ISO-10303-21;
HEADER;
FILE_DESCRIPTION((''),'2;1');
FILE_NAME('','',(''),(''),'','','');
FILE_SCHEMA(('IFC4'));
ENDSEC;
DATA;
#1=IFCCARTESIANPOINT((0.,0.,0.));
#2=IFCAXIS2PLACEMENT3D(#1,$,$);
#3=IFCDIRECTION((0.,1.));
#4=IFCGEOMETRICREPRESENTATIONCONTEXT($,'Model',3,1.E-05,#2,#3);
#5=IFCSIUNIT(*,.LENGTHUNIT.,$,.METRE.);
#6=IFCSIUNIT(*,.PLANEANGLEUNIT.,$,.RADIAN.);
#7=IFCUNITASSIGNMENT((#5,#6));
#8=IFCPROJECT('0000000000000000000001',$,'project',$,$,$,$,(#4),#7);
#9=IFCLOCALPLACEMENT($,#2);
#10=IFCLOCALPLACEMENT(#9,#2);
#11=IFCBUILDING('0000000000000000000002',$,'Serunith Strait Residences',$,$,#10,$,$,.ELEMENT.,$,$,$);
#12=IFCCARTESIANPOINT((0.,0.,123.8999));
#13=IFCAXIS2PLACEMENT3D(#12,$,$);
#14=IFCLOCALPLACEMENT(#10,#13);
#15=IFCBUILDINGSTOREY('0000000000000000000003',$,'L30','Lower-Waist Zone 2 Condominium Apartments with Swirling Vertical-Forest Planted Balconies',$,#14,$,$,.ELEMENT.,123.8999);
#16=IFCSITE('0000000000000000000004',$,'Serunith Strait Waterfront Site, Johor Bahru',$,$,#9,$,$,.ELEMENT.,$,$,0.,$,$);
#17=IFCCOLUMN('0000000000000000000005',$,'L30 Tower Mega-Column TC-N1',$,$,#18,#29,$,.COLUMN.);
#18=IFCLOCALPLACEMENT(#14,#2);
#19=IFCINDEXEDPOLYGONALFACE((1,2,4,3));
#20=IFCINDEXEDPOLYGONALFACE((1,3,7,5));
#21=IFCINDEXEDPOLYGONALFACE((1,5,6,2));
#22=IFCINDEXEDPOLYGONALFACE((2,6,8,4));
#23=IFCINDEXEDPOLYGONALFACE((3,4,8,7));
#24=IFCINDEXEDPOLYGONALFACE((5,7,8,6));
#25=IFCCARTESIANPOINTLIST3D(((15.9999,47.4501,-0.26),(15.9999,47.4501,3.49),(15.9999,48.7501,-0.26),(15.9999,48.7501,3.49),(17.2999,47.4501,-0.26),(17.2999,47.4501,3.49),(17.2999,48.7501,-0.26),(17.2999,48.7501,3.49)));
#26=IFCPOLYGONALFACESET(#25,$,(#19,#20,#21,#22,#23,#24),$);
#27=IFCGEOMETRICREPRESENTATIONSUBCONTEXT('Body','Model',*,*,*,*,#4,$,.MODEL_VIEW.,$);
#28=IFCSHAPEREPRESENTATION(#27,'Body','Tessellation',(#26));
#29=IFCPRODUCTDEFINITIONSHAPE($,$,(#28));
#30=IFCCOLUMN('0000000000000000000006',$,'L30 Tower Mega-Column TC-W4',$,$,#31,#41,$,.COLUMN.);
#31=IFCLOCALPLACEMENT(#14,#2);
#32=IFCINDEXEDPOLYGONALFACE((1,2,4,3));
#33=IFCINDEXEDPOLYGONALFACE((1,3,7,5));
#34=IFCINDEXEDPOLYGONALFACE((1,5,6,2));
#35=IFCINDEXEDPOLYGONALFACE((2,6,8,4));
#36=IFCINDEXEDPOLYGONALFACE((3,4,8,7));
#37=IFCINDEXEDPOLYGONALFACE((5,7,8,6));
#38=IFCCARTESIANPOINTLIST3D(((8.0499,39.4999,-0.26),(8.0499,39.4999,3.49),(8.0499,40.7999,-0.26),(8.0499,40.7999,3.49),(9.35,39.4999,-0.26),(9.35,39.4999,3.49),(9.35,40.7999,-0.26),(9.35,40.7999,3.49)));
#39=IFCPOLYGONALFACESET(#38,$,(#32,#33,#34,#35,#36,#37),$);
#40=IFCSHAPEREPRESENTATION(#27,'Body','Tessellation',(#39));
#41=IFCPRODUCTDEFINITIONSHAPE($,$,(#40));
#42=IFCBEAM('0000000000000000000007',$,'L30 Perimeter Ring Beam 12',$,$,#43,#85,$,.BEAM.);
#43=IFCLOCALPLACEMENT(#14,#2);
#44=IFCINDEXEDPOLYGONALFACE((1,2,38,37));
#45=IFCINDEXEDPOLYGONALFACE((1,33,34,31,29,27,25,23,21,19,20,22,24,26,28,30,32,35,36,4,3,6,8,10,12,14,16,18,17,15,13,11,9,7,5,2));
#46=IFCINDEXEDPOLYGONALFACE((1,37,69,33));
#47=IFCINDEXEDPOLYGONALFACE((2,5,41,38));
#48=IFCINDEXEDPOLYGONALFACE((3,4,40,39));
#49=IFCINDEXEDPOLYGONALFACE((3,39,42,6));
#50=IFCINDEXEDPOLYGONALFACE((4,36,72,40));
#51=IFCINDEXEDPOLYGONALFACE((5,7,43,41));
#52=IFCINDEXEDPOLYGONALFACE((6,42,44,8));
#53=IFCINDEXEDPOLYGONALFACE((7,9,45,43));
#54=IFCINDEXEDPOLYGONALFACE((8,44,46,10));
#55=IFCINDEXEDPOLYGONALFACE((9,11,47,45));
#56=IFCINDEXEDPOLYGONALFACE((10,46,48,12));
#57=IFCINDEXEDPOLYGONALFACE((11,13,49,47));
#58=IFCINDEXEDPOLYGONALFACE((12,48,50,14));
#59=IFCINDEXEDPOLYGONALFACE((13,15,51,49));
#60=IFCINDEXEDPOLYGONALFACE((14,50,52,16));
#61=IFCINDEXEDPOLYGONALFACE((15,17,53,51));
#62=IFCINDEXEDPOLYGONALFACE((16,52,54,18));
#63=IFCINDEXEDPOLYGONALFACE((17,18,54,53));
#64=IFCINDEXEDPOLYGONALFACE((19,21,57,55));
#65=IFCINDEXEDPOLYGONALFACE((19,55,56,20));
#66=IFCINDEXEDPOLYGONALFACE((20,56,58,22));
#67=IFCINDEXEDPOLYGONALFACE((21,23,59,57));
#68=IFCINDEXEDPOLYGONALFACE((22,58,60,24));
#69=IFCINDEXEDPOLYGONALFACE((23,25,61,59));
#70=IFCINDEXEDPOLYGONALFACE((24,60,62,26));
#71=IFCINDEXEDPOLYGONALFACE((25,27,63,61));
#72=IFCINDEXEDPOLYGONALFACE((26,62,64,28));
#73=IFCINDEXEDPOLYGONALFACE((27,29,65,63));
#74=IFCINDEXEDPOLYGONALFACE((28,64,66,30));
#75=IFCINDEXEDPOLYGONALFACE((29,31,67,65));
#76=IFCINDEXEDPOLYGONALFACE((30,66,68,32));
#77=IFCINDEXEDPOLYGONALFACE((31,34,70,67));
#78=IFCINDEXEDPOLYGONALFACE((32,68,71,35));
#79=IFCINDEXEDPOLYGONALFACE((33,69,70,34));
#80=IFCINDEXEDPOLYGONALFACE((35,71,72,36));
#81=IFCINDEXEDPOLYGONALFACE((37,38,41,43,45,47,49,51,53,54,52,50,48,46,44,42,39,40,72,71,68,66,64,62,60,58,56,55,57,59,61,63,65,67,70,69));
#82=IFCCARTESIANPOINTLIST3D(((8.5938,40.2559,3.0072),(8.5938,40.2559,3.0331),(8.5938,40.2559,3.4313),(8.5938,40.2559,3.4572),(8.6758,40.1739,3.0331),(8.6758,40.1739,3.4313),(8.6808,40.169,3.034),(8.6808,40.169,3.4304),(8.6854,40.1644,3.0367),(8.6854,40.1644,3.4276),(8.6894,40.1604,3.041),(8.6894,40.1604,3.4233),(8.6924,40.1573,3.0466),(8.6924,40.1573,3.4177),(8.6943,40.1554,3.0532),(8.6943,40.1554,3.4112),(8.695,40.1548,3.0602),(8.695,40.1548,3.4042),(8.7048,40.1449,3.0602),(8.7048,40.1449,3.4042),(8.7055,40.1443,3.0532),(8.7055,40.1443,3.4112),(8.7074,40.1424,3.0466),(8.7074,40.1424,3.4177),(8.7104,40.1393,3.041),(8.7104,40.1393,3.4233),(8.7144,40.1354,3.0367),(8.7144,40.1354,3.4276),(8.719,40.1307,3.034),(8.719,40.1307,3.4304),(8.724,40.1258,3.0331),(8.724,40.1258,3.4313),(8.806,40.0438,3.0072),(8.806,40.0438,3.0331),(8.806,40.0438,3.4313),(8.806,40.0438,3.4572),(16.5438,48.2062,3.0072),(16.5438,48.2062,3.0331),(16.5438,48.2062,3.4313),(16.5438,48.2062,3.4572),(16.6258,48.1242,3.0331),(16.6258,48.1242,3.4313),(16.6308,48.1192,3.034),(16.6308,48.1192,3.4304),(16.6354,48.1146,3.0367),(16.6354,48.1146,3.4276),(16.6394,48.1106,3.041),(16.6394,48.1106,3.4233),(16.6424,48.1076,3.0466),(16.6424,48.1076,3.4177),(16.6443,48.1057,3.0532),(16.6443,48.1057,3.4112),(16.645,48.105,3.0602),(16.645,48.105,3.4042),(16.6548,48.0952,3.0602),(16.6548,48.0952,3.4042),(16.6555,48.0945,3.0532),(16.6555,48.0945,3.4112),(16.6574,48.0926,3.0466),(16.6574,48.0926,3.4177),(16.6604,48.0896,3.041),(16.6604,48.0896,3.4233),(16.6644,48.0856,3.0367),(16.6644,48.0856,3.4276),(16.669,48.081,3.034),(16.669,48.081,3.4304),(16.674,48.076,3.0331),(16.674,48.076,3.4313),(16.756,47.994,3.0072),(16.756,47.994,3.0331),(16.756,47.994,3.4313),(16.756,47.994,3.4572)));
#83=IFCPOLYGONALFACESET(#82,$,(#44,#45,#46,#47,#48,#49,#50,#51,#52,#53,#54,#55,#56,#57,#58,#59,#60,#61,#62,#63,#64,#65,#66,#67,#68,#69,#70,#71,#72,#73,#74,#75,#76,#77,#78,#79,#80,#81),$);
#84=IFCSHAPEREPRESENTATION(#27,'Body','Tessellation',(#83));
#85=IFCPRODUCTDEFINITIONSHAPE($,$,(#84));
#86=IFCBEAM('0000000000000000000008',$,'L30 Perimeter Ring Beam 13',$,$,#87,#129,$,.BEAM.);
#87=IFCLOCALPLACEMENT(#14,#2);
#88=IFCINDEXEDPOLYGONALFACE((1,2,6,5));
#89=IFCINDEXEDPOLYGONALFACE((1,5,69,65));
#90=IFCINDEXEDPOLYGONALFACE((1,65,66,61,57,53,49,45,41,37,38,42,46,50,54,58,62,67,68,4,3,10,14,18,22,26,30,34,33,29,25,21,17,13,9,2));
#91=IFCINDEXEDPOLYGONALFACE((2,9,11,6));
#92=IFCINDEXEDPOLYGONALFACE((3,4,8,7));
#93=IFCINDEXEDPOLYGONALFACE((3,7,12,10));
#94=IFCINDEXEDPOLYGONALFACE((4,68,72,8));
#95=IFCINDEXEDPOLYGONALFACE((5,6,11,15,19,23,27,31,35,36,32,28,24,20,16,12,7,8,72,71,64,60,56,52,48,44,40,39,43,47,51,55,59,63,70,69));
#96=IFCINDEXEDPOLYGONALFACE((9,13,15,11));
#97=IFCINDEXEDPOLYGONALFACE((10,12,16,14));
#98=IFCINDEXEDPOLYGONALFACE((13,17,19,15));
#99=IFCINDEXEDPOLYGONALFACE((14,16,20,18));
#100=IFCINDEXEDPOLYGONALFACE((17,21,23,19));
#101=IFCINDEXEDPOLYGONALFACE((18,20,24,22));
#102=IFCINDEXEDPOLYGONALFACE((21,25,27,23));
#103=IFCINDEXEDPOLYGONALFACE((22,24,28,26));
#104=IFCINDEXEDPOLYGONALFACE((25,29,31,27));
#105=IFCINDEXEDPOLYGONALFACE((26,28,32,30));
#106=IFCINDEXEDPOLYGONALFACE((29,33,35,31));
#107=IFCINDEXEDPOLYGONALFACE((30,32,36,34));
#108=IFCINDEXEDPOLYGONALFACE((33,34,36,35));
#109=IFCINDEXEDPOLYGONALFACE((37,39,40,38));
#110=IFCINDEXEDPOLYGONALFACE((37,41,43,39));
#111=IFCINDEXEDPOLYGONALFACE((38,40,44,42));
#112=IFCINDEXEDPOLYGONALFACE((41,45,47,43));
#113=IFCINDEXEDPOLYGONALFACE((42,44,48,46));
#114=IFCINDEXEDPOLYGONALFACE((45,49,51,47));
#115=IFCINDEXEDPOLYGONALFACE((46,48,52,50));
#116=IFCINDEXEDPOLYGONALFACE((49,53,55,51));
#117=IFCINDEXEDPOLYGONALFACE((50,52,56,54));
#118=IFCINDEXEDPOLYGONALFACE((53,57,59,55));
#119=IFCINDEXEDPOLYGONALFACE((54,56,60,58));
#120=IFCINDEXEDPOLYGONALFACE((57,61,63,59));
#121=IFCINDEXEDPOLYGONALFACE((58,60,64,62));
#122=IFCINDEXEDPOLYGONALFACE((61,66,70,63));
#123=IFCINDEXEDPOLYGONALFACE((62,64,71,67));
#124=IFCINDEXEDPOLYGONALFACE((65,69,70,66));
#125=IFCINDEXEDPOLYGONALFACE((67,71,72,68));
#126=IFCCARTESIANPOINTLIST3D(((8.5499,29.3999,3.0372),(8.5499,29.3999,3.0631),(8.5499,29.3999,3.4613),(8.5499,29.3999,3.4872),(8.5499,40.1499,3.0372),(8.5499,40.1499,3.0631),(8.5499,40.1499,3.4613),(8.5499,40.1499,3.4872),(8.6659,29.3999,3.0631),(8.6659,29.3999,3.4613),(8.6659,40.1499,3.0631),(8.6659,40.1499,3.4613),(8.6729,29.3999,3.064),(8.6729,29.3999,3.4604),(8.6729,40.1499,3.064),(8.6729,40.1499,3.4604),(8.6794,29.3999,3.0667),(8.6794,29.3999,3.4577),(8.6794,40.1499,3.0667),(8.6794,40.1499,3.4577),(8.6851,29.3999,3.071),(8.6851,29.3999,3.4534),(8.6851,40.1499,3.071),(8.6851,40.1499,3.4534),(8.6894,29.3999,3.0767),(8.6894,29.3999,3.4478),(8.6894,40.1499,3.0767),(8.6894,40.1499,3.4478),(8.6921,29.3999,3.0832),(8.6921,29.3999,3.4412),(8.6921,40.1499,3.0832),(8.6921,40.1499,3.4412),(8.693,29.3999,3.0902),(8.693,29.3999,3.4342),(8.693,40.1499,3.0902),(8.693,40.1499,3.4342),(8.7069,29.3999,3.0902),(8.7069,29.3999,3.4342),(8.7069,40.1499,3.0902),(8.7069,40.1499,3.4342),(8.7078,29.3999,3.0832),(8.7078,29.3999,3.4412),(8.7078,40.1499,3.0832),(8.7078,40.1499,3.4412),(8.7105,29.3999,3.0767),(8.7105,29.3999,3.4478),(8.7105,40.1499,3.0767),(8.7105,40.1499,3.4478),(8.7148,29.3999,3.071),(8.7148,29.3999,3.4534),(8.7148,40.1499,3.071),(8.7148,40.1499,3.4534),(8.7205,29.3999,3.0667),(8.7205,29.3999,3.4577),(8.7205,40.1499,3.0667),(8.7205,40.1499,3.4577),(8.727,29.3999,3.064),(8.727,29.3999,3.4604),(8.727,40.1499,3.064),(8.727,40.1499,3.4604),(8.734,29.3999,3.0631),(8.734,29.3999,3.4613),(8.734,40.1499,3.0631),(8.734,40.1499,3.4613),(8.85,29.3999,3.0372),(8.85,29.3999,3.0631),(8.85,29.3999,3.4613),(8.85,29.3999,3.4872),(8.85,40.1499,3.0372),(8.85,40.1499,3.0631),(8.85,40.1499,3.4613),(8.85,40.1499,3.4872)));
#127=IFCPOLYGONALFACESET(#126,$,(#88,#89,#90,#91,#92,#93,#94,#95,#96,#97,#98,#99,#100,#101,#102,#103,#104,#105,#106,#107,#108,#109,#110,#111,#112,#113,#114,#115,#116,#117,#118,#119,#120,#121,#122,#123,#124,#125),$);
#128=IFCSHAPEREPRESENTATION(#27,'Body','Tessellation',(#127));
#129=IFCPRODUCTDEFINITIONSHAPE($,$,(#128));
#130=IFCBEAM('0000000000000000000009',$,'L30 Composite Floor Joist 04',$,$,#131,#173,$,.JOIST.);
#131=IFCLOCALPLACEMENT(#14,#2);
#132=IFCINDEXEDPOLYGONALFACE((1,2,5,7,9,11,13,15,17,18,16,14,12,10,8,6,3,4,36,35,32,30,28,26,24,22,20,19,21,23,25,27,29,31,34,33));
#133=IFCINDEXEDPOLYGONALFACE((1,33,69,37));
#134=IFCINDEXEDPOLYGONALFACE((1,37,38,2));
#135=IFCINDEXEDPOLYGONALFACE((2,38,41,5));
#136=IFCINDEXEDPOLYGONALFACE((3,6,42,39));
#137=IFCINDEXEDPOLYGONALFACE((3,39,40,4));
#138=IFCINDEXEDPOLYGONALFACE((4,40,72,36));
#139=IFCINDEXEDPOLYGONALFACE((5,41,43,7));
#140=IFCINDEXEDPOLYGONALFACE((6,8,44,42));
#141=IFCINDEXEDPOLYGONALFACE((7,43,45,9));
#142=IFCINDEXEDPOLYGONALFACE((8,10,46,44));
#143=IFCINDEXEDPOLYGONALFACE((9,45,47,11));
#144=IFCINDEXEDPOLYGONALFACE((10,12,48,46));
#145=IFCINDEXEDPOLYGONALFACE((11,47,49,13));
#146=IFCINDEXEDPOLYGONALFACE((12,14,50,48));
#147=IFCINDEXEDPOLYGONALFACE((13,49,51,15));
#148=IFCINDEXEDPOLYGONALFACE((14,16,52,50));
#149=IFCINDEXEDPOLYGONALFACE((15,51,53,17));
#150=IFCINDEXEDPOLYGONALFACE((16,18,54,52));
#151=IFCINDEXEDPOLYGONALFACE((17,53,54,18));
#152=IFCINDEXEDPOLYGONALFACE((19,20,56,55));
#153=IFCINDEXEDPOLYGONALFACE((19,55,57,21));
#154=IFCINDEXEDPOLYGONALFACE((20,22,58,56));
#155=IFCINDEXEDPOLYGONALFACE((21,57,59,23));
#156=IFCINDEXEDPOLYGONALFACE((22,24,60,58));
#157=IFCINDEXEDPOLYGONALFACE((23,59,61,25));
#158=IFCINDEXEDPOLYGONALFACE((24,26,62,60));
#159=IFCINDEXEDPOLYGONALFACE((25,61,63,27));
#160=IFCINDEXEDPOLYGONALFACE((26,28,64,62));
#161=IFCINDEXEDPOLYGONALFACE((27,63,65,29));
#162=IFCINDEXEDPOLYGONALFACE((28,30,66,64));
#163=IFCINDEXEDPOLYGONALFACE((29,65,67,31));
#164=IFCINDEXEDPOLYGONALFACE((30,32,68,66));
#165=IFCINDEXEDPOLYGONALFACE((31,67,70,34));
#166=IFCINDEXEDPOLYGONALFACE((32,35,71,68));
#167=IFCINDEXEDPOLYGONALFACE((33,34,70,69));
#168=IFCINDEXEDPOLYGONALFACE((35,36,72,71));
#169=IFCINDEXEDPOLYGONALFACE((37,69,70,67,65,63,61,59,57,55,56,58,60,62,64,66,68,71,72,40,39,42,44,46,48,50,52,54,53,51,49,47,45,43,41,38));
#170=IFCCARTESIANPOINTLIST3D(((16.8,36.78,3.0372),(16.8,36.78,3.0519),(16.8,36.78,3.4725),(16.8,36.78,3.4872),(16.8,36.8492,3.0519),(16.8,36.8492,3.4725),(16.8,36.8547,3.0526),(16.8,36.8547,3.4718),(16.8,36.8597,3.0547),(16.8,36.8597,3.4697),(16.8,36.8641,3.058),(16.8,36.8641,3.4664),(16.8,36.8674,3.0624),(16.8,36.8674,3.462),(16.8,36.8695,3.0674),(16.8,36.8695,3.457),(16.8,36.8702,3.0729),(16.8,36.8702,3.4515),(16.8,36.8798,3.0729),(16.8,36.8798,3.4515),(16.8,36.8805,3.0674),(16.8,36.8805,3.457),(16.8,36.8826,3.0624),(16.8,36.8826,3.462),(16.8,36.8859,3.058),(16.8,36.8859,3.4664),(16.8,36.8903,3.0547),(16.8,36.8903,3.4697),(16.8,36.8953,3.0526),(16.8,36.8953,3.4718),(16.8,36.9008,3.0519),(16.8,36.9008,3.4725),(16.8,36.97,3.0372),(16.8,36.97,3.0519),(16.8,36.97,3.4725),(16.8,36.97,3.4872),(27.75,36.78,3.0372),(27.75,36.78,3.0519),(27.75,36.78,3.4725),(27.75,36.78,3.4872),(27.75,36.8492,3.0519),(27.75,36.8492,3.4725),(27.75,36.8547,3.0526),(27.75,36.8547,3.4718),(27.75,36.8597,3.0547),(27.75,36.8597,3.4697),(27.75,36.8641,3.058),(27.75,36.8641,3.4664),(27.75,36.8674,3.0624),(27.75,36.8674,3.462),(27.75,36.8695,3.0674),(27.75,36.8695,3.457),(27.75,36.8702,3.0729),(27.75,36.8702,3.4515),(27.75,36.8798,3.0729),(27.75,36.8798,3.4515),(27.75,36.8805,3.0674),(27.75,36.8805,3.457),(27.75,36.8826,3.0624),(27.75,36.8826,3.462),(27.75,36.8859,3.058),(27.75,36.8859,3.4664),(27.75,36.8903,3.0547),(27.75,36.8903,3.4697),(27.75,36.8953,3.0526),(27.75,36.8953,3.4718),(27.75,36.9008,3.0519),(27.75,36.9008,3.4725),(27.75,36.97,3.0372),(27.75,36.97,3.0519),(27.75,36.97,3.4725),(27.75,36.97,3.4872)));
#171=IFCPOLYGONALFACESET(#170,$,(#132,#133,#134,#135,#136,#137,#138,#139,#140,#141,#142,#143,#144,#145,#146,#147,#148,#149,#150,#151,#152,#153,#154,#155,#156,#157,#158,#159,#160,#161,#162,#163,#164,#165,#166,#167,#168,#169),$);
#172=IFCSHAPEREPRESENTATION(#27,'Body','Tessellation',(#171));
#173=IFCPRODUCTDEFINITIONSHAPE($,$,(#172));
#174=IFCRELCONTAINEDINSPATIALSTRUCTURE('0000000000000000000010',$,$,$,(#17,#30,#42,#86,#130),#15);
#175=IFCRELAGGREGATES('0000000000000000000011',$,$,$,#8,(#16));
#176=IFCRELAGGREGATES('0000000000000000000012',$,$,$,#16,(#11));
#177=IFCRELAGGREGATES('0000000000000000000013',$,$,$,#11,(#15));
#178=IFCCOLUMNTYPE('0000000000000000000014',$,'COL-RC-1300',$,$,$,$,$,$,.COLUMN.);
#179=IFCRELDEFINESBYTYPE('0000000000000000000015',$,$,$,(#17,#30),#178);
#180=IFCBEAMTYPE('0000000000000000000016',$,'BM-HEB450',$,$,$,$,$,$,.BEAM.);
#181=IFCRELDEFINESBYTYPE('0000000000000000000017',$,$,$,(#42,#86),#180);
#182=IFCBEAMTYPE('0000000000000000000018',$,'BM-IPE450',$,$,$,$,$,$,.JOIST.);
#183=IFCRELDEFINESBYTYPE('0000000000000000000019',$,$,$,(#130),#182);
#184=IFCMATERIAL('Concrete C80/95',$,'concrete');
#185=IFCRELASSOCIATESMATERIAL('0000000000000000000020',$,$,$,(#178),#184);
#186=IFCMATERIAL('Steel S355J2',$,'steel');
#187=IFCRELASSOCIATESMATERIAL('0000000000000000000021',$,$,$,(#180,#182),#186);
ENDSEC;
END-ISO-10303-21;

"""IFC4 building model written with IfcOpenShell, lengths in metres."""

from ifc_helpers import new_model, si_unit, direction, frame, origin, origin_2d, place, context, subcontext, project, spatial, rectangle, i_section, extrude, source, transform, mapped, material, material_profile, profile_set, type_object, element, save


model = new_model("IFC4")

# Units and contexts
model_context = context("Model", 3, precision=1e-05, world=origin(), true_north=direction((0.0, 1.0)))
body_context = subcontext(model_context, "Body", "Model", "MODEL_VIEW")
ifc_project = project(units=[si_unit("LENGTHUNIT", "METRE"), si_unit("PLANEANGLEUNIT", "RADIAN")], contexts=[model_context])

# Site, building, storey
site_placement = place(None, origin())
site = spatial("IfcSite", under=ifc_project, at=site_placement, Name="Serunith Strait Waterfront Site, Johor Bahru", CompositionType="ELEMENT", RefElevation=0.0)
building_placement = place(site_placement, origin())
building = spatial("IfcBuilding", under=site, at=building_placement, Name="Serunith Strait Residences", CompositionType="ELEMENT")
storey_placement = place(building_placement, frame((0.0, 0.0, 123.8999)))
storey = spatial("IfcBuildingStorey", under=building, at=storey_placement, Name="L30", Description="Lower-Waist Zone 2 Condominium Apartments with Swirling Vertical-Forest Planted Balconies", CompositionType="ELEMENT", Elevation=123.8999)

# Columns
ifc_material_1 = material(Name="Concrete C80/95", Category="concrete")
ifc_material_profile_1 = material_profile(ifc_material_1, rectangle(XDim=1.3, YDim=1.3, at=origin_2d()), Name="RC 1300x1300")
ifc_profile_set_1 = profile_set([ifc_material_profile_1], Name="Concrete C80/95")
column_type = type_object("IfcColumnType", Name="COL-RC-1300", PredefinedType="COLUMN", material=ifc_profile_set_1)
shared_shape_1 = source(origin(), body_context, "Body", "SweptSolid", [
    extrude(rectangle(XDim=1.3, YDim=1.3, at=origin_2d()), origin(), (0.0, 0.0, 1.0), 3.75),
])
for number, where, z_axis, x_axis, name in (
    (1, (16.6499, 48.1001, -0.26), (0.0, 0.0, 1.0), (1.0, 0.0, 0.0), "L30 Tower Mega-Column TC-N1"),
    (2, (8.7, 40.1499, -0.26), (0.0, 0.0, 1.0), (1.0, 0.0, 0.0), "L30 Tower Mega-Column TC-W4"),
):
    element("IfcColumn", number, at=place(storey_placement, frame(where, z_axis=z_axis, x_axis=x_axis)), inside=storey, type_object=column_type, Name=name, PredefinedType="COLUMN", context=body_context, shape_type="MappedRepresentation", body=[
        mapped(shared_shape_1, transform((0.0, 0.0, 0.0), scale=1.0)),
    ])

# Beams
ifc_material_2 = material(Name="Steel S355J2", Category="steel")
ifc_material_profile_2 = material_profile(ifc_material_2, i_section(OverallWidth=0.3, OverallDepth=0.45, WebThickness=0.0139, FlangeThickness=0.0259, FilletRadius=0.0271, at=origin_2d()), Name="HEB 450")
ifc_profile_set_2 = profile_set([ifc_material_profile_2], Name="Steel S355J2")
beam_type_1 = type_object("IfcBeamType", Name="BM-HEB450", PredefinedType="BEAM", material=ifc_profile_set_2)
shared_shape_2 = source(origin(), body_context, "Body", "SweptSolid", [
    extrude(i_section(OverallWidth=0.3, OverallDepth=0.45, WebThickness=0.0139, FlangeThickness=0.0259, FilletRadius=0.0271, at=origin_2d()), origin(), (0.0, 0.0, 1.0), 11.2432),
])
beam_1_placement = place(storey_placement, frame((16.6499, 48.1001, 3.2322), z_axis=(-0.707096, -0.707118, 0.0), x_axis=(0.707118, -0.707096, 0.0)))
element("IfcBeam", 3, at=beam_1_placement, inside=storey, type_object=beam_type_1, Name="L30 Perimeter Ring Beam 12", PredefinedType="BEAM", context=body_context, shape_type="MappedRepresentation", body=[
    mapped(shared_shape_2, transform((0.0, 0.0, 0.0), scale=1.0)),
])
shared_shape_3 = source(origin(), body_context, "Body", "SweptSolid", [
    extrude(i_section(OverallWidth=0.3, OverallDepth=0.45, WebThickness=0.0139, FlangeThickness=0.0259, FilletRadius=0.0271, at=origin_2d()), origin(), (0.0, 0.0, 1.0), 10.75),
])
beam_2_placement = place(storey_placement, frame((8.7, 40.1499, 3.2622), z_axis=(0.0, -1.0, 0.0), x_axis=(1.0, 0.0, 0.0)))
element("IfcBeam", 4, at=beam_2_placement, inside=storey, type_object=beam_type_1, Name="L30 Perimeter Ring Beam 13", PredefinedType="BEAM", context=body_context, shape_type="MappedRepresentation", body=[
    mapped(shared_shape_3, transform((0.0, 0.0, 0.0), scale=1.0)),
])
ifc_material_profile_3 = material_profile(ifc_material_2, i_section(OverallWidth=0.1899, OverallDepth=0.45, WebThickness=0.0095, FlangeThickness=0.0146, FilletRadius=0.021, at=origin_2d()), Name="IPE 450")
ifc_profile_set_3 = profile_set([ifc_material_profile_3], Name="Steel S355J2")
beam_type_2 = type_object("IfcBeamType", Name="BM-IPE450", PredefinedType="JOIST", material=ifc_profile_set_3)
shared_shape_4 = source(origin(), body_context, "Body", "SweptSolid", [
    extrude(i_section(OverallWidth=0.1899, OverallDepth=0.45, WebThickness=0.0095, FlangeThickness=0.0146, FilletRadius=0.021, at=origin_2d()), origin(), (0.0, 0.0, 1.0), 10.95),
])
beam_3_placement = place(storey_placement, frame((16.8, 36.875, 3.2622), z_axis=(1.0, 0.0, 0.0), x_axis=(0.0, 1.0, 0.0)))
element("IfcBeam", 5, at=beam_3_placement, inside=storey, type_object=beam_type_2, Name="L30 Composite Floor Joist 04", PredefinedType="JOIST", context=body_context, shape_type="MappedRepresentation", body=[
    mapped(shared_shape_4, transform((0.0, 0.0, 0.0), scale=1.0)),
])

save(model, "model.ifc")
